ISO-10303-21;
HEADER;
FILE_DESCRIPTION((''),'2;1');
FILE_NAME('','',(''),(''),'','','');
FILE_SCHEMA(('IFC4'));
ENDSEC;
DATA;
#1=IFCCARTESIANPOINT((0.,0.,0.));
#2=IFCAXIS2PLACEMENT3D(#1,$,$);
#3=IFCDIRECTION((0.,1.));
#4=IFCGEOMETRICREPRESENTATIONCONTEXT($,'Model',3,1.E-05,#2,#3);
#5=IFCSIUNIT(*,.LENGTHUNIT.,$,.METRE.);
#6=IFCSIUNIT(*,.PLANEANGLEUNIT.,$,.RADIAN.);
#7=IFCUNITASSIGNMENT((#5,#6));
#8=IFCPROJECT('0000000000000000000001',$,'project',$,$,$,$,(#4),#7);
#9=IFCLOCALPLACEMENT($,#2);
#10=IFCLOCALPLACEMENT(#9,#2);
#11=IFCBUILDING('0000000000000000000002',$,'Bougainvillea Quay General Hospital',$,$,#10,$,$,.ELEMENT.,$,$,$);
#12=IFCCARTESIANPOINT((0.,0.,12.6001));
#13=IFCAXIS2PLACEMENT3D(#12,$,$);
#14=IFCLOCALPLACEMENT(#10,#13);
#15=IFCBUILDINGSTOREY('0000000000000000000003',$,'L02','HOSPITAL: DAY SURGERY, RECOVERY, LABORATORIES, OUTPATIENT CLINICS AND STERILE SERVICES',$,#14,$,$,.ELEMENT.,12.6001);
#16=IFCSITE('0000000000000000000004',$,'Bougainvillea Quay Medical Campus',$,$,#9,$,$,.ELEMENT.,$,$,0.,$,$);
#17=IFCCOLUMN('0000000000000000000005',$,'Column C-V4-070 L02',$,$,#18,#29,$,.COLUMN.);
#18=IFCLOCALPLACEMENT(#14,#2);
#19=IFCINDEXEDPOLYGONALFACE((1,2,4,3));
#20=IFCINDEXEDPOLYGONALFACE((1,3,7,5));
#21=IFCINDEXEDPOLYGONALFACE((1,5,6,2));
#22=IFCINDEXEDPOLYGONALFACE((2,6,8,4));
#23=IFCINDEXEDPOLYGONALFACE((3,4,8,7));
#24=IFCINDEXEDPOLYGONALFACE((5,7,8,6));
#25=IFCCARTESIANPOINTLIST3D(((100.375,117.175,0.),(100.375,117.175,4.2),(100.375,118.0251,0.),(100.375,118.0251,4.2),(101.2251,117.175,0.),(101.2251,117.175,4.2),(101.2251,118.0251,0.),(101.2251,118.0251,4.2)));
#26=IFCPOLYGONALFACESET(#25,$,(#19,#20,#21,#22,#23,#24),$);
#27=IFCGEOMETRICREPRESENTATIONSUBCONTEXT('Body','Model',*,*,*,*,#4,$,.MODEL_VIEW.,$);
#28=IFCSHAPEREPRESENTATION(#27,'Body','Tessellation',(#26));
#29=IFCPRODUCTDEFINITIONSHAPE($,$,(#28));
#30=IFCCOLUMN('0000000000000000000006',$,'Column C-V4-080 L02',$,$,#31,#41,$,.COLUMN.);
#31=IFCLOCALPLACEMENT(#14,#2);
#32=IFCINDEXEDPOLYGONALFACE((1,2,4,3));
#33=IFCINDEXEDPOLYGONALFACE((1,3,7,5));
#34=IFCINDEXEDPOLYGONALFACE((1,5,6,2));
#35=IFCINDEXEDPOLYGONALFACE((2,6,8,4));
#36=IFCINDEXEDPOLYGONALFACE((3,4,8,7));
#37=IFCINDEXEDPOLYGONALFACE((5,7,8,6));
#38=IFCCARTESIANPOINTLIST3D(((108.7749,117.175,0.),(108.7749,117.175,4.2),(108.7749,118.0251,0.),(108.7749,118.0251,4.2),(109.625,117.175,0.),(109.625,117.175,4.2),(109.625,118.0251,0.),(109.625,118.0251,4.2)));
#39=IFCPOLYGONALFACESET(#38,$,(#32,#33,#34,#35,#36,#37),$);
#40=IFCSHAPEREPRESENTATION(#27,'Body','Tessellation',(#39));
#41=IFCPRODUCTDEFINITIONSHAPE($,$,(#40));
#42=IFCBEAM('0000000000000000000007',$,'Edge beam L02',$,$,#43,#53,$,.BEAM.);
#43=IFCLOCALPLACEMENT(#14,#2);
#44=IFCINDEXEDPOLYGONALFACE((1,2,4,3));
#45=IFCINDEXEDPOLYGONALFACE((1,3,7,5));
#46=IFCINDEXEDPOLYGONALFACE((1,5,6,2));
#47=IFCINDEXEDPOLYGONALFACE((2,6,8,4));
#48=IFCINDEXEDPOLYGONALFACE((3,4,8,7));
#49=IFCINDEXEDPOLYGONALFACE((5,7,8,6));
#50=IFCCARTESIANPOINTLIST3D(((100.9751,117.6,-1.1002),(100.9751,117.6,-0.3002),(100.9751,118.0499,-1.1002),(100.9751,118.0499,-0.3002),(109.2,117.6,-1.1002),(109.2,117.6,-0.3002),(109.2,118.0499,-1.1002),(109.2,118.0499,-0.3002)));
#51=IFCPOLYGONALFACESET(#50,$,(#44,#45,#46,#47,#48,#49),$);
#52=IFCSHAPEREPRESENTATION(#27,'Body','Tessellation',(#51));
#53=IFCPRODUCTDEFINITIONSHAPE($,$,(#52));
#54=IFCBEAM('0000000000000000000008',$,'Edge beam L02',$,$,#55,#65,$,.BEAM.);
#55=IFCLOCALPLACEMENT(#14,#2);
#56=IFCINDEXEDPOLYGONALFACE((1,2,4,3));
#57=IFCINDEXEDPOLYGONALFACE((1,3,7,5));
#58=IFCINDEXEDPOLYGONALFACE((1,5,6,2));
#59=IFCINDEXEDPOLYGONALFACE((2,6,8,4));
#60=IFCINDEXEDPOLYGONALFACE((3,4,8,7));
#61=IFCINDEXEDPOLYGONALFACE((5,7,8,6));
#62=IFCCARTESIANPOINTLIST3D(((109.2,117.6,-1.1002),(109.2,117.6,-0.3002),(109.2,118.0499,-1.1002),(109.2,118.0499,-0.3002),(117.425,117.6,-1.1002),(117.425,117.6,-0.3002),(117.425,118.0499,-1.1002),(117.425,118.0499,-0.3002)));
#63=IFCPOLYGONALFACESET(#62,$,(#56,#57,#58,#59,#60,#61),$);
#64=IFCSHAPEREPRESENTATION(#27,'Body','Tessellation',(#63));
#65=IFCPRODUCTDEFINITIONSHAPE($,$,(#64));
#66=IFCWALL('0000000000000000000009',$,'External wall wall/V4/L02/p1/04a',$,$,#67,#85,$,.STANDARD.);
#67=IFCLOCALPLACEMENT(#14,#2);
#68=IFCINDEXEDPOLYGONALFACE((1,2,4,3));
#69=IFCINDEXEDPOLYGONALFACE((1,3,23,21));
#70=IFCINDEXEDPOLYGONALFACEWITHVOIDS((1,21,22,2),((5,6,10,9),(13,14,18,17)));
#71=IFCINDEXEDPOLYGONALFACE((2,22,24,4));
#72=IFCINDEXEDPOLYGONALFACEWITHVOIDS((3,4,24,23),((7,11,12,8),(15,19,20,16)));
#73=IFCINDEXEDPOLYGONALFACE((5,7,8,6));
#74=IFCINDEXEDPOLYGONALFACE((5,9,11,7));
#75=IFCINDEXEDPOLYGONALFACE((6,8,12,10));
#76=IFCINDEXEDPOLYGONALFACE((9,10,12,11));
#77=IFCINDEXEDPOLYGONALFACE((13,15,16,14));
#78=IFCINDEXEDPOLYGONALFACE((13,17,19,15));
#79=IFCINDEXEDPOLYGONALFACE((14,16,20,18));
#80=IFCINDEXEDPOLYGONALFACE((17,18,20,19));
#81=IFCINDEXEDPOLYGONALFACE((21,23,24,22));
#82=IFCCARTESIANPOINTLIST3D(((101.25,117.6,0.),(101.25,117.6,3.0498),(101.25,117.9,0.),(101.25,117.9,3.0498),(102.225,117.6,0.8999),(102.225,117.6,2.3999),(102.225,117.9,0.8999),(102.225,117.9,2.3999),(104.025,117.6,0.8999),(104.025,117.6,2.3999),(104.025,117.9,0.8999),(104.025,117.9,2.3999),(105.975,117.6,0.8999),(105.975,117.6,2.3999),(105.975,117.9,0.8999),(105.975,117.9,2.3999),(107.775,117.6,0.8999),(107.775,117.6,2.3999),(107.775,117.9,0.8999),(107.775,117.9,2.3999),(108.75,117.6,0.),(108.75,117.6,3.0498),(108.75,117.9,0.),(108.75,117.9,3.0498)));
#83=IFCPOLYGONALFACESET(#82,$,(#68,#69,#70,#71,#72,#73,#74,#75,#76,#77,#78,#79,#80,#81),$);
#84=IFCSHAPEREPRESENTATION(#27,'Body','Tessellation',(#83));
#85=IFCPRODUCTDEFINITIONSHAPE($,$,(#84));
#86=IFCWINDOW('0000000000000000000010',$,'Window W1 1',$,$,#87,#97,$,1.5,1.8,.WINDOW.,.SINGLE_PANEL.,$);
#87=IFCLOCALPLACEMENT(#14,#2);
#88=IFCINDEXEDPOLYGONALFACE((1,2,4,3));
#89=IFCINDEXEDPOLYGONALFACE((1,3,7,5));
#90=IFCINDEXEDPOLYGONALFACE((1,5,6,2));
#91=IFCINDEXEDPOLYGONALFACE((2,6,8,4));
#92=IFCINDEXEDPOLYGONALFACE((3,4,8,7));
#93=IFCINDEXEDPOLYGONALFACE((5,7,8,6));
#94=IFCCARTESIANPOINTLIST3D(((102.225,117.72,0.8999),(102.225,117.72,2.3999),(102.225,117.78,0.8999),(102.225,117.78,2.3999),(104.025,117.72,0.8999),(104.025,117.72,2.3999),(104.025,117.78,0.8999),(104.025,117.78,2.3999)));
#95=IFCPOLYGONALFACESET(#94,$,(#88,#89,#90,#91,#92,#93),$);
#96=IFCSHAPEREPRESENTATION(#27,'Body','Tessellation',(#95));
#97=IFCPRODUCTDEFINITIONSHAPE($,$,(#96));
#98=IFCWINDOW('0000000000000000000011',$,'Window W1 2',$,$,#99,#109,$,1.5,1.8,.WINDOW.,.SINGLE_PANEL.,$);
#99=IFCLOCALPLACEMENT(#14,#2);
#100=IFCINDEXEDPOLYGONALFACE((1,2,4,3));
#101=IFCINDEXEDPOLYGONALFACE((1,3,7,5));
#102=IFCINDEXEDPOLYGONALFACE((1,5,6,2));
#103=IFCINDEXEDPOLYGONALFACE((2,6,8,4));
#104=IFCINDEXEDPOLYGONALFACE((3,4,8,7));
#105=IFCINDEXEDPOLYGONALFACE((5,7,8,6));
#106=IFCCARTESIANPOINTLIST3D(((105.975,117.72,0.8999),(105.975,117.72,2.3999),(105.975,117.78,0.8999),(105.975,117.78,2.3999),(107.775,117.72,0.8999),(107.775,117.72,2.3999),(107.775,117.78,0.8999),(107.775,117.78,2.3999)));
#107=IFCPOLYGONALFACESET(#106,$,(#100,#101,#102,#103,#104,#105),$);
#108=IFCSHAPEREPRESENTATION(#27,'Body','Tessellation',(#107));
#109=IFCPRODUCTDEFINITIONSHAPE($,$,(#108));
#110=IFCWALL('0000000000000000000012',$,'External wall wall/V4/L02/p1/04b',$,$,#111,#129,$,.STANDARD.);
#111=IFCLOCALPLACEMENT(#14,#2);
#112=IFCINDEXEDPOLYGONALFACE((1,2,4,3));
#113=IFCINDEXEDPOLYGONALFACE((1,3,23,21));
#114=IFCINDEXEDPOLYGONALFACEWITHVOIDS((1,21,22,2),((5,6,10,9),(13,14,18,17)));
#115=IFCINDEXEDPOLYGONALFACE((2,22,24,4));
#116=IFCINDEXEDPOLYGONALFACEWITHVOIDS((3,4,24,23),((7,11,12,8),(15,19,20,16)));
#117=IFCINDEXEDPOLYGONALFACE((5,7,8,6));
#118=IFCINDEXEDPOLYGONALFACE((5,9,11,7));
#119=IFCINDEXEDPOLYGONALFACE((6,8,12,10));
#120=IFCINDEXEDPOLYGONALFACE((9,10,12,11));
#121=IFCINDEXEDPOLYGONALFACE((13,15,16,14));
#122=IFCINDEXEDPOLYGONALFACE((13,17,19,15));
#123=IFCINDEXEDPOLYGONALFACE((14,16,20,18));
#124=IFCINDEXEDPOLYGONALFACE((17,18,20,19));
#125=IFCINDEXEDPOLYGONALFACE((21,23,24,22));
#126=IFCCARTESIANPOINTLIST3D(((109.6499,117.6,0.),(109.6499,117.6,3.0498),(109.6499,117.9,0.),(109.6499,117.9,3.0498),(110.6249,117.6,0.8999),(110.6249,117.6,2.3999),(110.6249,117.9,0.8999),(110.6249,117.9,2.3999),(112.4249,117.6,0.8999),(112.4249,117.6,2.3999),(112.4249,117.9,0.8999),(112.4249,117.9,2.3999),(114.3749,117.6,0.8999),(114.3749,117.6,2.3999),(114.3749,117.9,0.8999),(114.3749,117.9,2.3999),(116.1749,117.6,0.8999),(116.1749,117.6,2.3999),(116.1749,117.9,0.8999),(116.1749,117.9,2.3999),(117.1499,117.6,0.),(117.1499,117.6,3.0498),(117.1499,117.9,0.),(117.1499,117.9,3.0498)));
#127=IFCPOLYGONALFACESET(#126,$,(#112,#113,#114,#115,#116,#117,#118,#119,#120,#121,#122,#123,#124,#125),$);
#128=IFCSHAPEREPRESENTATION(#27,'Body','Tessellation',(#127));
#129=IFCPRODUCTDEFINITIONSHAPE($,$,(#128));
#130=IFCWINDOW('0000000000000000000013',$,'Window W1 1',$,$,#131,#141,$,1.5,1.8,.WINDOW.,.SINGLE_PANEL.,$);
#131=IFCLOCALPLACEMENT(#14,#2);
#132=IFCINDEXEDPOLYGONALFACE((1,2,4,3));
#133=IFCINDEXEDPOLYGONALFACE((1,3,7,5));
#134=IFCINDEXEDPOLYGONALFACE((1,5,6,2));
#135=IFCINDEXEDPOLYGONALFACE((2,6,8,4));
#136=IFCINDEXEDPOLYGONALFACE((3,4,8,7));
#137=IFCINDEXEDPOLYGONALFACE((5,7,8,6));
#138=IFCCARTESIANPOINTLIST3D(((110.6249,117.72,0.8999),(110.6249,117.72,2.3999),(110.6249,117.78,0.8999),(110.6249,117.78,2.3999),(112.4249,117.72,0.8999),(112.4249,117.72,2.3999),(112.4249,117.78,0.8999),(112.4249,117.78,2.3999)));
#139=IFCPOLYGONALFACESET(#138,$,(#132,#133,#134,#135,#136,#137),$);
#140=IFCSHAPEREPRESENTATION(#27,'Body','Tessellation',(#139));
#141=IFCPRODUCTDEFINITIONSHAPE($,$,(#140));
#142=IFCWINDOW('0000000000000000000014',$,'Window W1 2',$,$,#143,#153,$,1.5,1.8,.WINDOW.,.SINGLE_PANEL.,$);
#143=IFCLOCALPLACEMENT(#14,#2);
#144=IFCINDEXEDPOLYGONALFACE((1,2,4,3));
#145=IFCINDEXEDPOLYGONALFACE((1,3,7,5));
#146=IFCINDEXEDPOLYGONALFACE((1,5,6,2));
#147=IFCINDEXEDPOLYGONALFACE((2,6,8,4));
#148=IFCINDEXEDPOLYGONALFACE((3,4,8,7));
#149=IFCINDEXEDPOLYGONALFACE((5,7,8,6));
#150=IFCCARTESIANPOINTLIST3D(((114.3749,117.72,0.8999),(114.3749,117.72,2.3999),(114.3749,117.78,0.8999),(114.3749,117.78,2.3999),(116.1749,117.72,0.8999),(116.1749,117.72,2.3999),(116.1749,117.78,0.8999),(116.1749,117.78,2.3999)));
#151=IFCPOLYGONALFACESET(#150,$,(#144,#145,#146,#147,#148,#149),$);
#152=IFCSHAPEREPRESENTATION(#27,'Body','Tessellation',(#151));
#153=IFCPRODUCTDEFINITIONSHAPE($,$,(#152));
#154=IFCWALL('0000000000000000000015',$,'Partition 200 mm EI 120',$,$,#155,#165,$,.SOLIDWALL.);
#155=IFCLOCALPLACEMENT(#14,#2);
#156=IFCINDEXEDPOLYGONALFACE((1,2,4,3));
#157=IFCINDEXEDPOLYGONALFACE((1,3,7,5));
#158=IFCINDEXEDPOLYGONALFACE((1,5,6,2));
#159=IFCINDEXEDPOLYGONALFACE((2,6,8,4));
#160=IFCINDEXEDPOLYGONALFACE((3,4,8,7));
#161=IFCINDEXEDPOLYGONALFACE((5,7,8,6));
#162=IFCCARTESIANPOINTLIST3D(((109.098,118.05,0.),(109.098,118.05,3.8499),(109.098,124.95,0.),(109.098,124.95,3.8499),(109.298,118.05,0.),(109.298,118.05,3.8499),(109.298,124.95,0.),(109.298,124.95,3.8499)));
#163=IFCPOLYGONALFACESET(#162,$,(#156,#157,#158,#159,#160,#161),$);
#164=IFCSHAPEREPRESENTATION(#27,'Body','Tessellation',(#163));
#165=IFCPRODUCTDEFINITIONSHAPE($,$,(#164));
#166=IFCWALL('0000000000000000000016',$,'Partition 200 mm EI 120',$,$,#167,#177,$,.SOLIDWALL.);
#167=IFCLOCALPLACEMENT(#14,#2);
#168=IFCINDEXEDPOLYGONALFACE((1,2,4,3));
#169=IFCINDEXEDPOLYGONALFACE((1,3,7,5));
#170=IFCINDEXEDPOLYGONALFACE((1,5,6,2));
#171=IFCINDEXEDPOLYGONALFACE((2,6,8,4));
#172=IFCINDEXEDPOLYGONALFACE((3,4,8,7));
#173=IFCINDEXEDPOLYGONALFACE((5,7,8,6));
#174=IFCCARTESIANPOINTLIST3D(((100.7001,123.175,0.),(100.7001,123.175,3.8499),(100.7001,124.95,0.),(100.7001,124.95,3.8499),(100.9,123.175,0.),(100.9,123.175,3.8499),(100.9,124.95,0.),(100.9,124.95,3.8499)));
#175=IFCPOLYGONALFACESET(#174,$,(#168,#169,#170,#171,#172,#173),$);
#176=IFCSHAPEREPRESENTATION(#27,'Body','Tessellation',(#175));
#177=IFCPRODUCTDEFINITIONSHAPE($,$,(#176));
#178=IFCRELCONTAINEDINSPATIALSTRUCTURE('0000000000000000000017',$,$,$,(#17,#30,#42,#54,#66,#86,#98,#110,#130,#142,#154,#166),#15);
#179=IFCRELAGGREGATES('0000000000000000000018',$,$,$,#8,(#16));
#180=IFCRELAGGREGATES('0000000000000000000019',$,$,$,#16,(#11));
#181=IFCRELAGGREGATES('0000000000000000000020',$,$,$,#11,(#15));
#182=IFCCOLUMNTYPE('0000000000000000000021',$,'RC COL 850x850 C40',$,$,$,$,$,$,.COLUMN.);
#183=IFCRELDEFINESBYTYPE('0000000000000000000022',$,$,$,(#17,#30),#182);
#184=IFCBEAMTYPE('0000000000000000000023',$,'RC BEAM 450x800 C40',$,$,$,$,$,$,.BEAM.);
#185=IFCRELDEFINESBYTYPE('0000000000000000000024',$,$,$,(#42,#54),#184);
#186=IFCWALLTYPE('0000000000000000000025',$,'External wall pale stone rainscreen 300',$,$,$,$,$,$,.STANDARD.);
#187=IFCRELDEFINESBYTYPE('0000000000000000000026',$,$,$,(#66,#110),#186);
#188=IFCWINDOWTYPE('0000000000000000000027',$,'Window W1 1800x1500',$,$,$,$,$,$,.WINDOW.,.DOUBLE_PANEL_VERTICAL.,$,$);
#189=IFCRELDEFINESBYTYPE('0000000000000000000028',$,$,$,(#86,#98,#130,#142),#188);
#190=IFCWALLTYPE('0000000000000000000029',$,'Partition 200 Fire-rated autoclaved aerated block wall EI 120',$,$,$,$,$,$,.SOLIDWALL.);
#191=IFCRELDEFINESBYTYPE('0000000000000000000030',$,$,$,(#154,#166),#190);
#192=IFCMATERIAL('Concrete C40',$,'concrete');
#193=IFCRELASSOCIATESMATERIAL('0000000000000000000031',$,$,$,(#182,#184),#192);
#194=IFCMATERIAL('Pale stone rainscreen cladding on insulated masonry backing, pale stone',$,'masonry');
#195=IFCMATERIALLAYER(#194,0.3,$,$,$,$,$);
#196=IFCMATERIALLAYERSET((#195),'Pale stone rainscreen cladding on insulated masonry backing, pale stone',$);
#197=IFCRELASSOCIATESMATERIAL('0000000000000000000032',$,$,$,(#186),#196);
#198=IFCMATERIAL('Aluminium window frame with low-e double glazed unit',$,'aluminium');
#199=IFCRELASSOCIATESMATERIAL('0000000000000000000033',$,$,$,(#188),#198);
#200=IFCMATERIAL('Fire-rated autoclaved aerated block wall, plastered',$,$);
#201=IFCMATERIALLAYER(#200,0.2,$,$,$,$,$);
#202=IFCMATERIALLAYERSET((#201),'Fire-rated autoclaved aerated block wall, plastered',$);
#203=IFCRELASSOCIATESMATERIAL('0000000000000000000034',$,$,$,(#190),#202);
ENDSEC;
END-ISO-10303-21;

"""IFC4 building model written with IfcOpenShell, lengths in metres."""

from ifc_helpers import new_model, si_unit, direction, frame, frame_2d, origin, origin_2d, place, context, subcontext, project, spatial, rectangle, extrude, material, layer, layer_set, material_profile, profile_set, type_object, element, fill, save


model = new_model("IFC4")

# Units and contexts
model_context = context("Model", 3, precision=1e-05, world=origin(), true_north=direction((0.0, 1.0)))
body_context = subcontext(model_context, "Body", "Model", "MODEL_VIEW")
ifc_project = project(units=[si_unit("LENGTHUNIT", "METRE"), si_unit("PLANEANGLEUNIT", "RADIAN")], contexts=[model_context])

# Site, building, storey
site_placement = place(None, origin())
site = spatial("IfcSite", under=ifc_project, at=site_placement, Name="Bougainvillea Quay Medical Campus", CompositionType="ELEMENT", RefElevation=0.0)
building_placement = place(site_placement, origin())
building = spatial("IfcBuilding", under=site, at=building_placement, Name="Bougainvillea Quay General Hospital", CompositionType="ELEMENT")
storey_placement = place(building_placement, frame((0.0, 0.0, 12.6001)))
storey = spatial("IfcBuildingStorey", under=building, at=storey_placement, Name="L02", Description="HOSPITAL: DAY SURGERY, RECOVERY, LABORATORIES, OUTPATIENT CLINICS AND STERILE SERVICES", CompositionType="ELEMENT", Elevation=12.6001)

# Columns
ifc_material_1 = material(Name="Concrete C40", Category="concrete")
ifc_material_profile_1 = material_profile(ifc_material_1, rectangle(XDim=0.8501, YDim=0.8501, at=origin_2d()))
ifc_profile_set_1 = profile_set([ifc_material_profile_1], Name="Concrete C40")
column_type = type_object("IfcColumnType", Name="RC COL 850x850 C40", PredefinedType="COLUMN", material=ifc_profile_set_1)
for number, where, z_axis, x_axis, name in (
    (1, (100.8, 117.6001, 0.0), (0.0, 0.0, 1.0), (1.0, 0.0, 0.0), "Column C-V4-070 L02"),
    (2, (109.2, 117.6001, 0.0), (0.0, 0.0, 1.0), (1.0, 0.0, 0.0), "Column C-V4-080 L02"),
):
    element("IfcColumn", number, at=place(storey_placement, frame(where, z_axis=z_axis, x_axis=x_axis)), inside=storey, type_object=column_type, Name=name, PredefinedType="COLUMN", context=body_context, shape_type="SweptSolid", body=[
        extrude(rectangle(XDim=0.8501, YDim=0.8501, at=origin_2d()), origin(), (0.0, 0.0, 1.0), 4.2),
    ])

# Beams
ifc_material_profile_2 = material_profile(ifc_material_1, rectangle(XDim=0.45, YDim=0.8, at=origin_2d()))
ifc_profile_set_2 = profile_set([ifc_material_profile_2], Name="Concrete C40")
beam_type = type_object("IfcBeamType", Name="RC BEAM 450x800 C40", PredefinedType="BEAM", material=ifc_profile_set_2)
beam_1_placement = place(storey_placement, frame((100.9751, 117.825, -0.7002), z_axis=(1.0, 0.0, 0.0), x_axis=(0.0, 1.0, 0.0)))
element("IfcBeam", 3, at=beam_1_placement, inside=storey, type_object=beam_type, Name="Edge beam L02", PredefinedType="BEAM", context=body_context, shape_type="SweptSolid", body=[
    extrude(rectangle(XDim=0.45, YDim=0.8, at=origin_2d()), origin(), (0.0, 0.0, 1.0), 8.2249),
])
beam_2_placement = place(storey_placement, frame((109.2, 117.825, -0.7002), z_axis=(1.0, 0.0, 0.0), x_axis=(0.0, 1.0, 0.0)))
element("IfcBeam", 4, at=beam_2_placement, inside=storey, type_object=beam_type, Name="Edge beam L02", PredefinedType="BEAM", context=body_context, shape_type="SweptSolid", body=[
    extrude(rectangle(XDim=0.45, YDim=0.8, at=origin_2d()), origin(), (0.0, 0.0, 1.0), 8.2251),
])

# Walls, openings, windows
ifc_material_2 = material(Name="Pale stone rainscreen cladding on insulated masonry backing, pale stone", Category="masonry")
ifc_layer_1 = layer(ifc_material_2, 0.3)
ifc_layer_set_1 = layer_set([ifc_layer_1], Name="Pale stone rainscreen cladding on insulated masonry backing, pale stone")
wall_type_1 = type_object("IfcWallType", Name="External wall pale stone rainscreen 300", PredefinedType="STANDARD", material=ifc_layer_set_1)
wall_1_placement = place(storey_placement, frame((101.25, 117.75, 0.0), z_axis=(0.0, 0.0, 1.0), x_axis=(1.0, 0.0, 0.0)))
wall_1 = element("IfcWall", 5, at=wall_1_placement, inside=storey, type_object=wall_type_1, Name="External wall wall/V4/L02/p1/04a", PredefinedType="STANDARD", context=body_context, shape_type="SweptSolid", body=[
    extrude(rectangle(XDim=7.5, YDim=0.3, at=frame_2d((3.75, 0.0))), origin(), (0.0, 0.0, 1.0), 3.0498),
])
opening_1_placement = place(wall_1_placement, frame((0.9751, 0.0, 0.8999)))
opening_1 = element("IfcOpeningElement", 6, at=opening_1_placement, cuts=wall_1, PredefinedType="OPENING", context=body_context, shape_type="SweptSolid", body=[
    extrude(rectangle(XDim=1.8, YDim=1.5, at=frame_2d((0.8999, 0.75))), frame((0.0, 0.1599, 0.0), z_axis=(0.0, -1.0, 0.0), x_axis=(1.0, 0.0, 0.0)), (0.0, 0.0, 1.0), 0.3201),
])
opening_2_placement = place(wall_1_placement, frame((4.7251, 0.0, 0.8999)))
opening_2 = element("IfcOpeningElement", 7, at=opening_2_placement, cuts=wall_1, PredefinedType="OPENING", context=body_context, shape_type="SweptSolid", body=[
    extrude(rectangle(XDim=1.8, YDim=1.5, at=frame_2d((0.8999, 0.75))), frame((0.0, 0.1599, 0.0), z_axis=(0.0, -1.0, 0.0), x_axis=(1.0, 0.0, 0.0)), (0.0, 0.0, 1.0), 0.3201),
])
ifc_material_3 = material(Name="Aluminium window frame with low-e double glazed unit", Category="aluminium")
window_type = type_object("IfcWindowType", Name="Window W1 1800x1500", PartitioningType="DOUBLE_PANEL_VERTICAL", PredefinedType="WINDOW", material=ifc_material_3)
window_1_placement = place(opening_1_placement, origin())
window_1 = element("IfcWindow", 8, at=window_1_placement, inside=storey, type_object=window_type, Name="Window W1 1", OverallHeight=1.5, OverallWidth=1.8, PartitioningType="SINGLE_PANEL", PredefinedType="WINDOW", context=body_context, shape_type="SweptSolid", body=[
    extrude(rectangle(XDim=1.8, YDim=1.5, at=frame_2d((0.8999, 0.75))), frame((0.0, 0.03, 0.0), z_axis=(0.0, -1.0, 0.0), x_axis=(1.0, 0.0, 0.0)), (0.0, 0.0, 1.0), 0.0601),
])
fill(opening_1, window_1)
window_2_placement = place(opening_2_placement, origin())
window_2 = element("IfcWindow", 9, at=window_2_placement, inside=storey, type_object=window_type, Name="Window W1 2", OverallHeight=1.5, OverallWidth=1.8, PartitioningType="SINGLE_PANEL", PredefinedType="WINDOW", context=body_context, shape_type="SweptSolid", body=[
    extrude(rectangle(XDim=1.8, YDim=1.5, at=frame_2d((0.8999, 0.75))), frame((0.0, 0.03, 0.0), z_axis=(0.0, -1.0, 0.0), x_axis=(1.0, 0.0, 0.0)), (0.0, 0.0, 1.0), 0.0601),
])
fill(opening_2, window_2)
wall_2_placement = place(storey_placement, frame((109.6499, 117.75, 0.0), z_axis=(0.0, 0.0, 1.0), x_axis=(1.0, 0.0, 0.0)))
wall_2 = element("IfcWall", 10, at=wall_2_placement, inside=storey, type_object=wall_type_1, Name="External wall wall/V4/L02/p1/04b", PredefinedType="STANDARD", context=body_context, shape_type="SweptSolid", body=[
    extrude(rectangle(XDim=7.5, YDim=0.3, at=frame_2d((3.75, 0.0))), origin(), (0.0, 0.0, 1.0), 3.0498),
])
opening_3_placement = place(wall_2_placement, frame((0.9751, 0.0, 0.8999)))
opening_3 = element("IfcOpeningElement", 11, at=opening_3_placement, cuts=wall_2, PredefinedType="OPENING", context=body_context, shape_type="SweptSolid", body=[
    extrude(rectangle(XDim=1.8, YDim=1.5, at=frame_2d((0.8999, 0.75))), frame((0.0, 0.1599, 0.0), z_axis=(0.0, -1.0, 0.0), x_axis=(1.0, 0.0, 0.0)), (0.0, 0.0, 1.0), 0.3201),
])
opening_4_placement = place(wall_2_placement, frame((4.7251, 0.0, 0.8999)))
opening_4 = element("IfcOpeningElement", 12, at=opening_4_placement, cuts=wall_2, PredefinedType="OPENING", context=body_context, shape_type="SweptSolid", body=[
    extrude(rectangle(XDim=1.8, YDim=1.5, at=frame_2d((0.8999, 0.75))), frame((0.0, 0.1599, 0.0), z_axis=(0.0, -1.0, 0.0), x_axis=(1.0, 0.0, 0.0)), (0.0, 0.0, 1.0), 0.3201),
])
window_3_placement = place(opening_3_placement, origin())
window_3 = element("IfcWindow", 13, at=window_3_placement, inside=storey, type_object=window_type, Name="Window W1 1", OverallHeight=1.5, OverallWidth=1.8, PartitioningType="SINGLE_PANEL", PredefinedType="WINDOW", context=body_context, shape_type="SweptSolid", body=[
    extrude(rectangle(XDim=1.8, YDim=1.5, at=frame_2d((0.8999, 0.75))), frame((0.0, 0.03, 0.0), z_axis=(0.0, -1.0, 0.0), x_axis=(1.0, 0.0, 0.0)), (0.0, 0.0, 1.0), 0.0601),
])
fill(opening_3, window_3)
window_4_placement = place(opening_4_placement, origin())
window_4 = element("IfcWindow", 14, at=window_4_placement, inside=storey, type_object=window_type, Name="Window W1 2", OverallHeight=1.5, OverallWidth=1.8, PartitioningType="SINGLE_PANEL", PredefinedType="WINDOW", context=body_context, shape_type="SweptSolid", body=[
    extrude(rectangle(XDim=1.8, YDim=1.5, at=frame_2d((0.8999, 0.75))), frame((0.0, 0.03, 0.0), z_axis=(0.0, -1.0, 0.0), x_axis=(1.0, 0.0, 0.0)), (0.0, 0.0, 1.0), 0.0601),
])
fill(opening_4, window_4)

# Walls
ifc_material_4 = material(Name="Fire-rated autoclaved aerated block wall, plastered")
ifc_layer_2 = layer(ifc_material_4, 0.2)
ifc_layer_set_2 = layer_set([ifc_layer_2], Name="Fire-rated autoclaved aerated block wall, plastered")
wall_type_2 = type_object("IfcWallType", Name="Partition 200 Fire-rated autoclaved aerated block wall EI 120", PredefinedType="SOLIDWALL", material=ifc_layer_set_2)
wall_3_placement = place(storey_placement, frame((109.198, 118.05, 0.0), z_axis=(0.0, 0.0, 1.0), x_axis=(0.0, 1.0, 0.0)))
element("IfcWall", 15, at=wall_3_placement, inside=storey, type_object=wall_type_2, Name="Partition 200 mm EI 120", PredefinedType="SOLIDWALL", context=body_context, shape_type="SweptSolid", body=[
    extrude(rectangle(XDim=6.8999, YDim=0.2, at=frame_2d((3.45, 0.0))), origin(), (0.0, 0.0, 1.0), 3.8499),
])
wall_4_placement = place(storey_placement, frame((100.8, 123.175, 0.0), z_axis=(0.0, 0.0, 1.0), x_axis=(0.0, 1.0, 0.0)))
element("IfcWall", 16, at=wall_4_placement, inside=storey, type_object=wall_type_2, Name="Partition 200 mm EI 120", PredefinedType="SOLIDWALL", context=body_context, shape_type="SweptSolid", body=[
    extrude(rectangle(XDim=1.7749, YDim=0.2, at=frame_2d((0.8875, 0.0))), origin(), (0.0, 0.0, 1.0), 3.8499),
])

save(model, "model.ifc")
